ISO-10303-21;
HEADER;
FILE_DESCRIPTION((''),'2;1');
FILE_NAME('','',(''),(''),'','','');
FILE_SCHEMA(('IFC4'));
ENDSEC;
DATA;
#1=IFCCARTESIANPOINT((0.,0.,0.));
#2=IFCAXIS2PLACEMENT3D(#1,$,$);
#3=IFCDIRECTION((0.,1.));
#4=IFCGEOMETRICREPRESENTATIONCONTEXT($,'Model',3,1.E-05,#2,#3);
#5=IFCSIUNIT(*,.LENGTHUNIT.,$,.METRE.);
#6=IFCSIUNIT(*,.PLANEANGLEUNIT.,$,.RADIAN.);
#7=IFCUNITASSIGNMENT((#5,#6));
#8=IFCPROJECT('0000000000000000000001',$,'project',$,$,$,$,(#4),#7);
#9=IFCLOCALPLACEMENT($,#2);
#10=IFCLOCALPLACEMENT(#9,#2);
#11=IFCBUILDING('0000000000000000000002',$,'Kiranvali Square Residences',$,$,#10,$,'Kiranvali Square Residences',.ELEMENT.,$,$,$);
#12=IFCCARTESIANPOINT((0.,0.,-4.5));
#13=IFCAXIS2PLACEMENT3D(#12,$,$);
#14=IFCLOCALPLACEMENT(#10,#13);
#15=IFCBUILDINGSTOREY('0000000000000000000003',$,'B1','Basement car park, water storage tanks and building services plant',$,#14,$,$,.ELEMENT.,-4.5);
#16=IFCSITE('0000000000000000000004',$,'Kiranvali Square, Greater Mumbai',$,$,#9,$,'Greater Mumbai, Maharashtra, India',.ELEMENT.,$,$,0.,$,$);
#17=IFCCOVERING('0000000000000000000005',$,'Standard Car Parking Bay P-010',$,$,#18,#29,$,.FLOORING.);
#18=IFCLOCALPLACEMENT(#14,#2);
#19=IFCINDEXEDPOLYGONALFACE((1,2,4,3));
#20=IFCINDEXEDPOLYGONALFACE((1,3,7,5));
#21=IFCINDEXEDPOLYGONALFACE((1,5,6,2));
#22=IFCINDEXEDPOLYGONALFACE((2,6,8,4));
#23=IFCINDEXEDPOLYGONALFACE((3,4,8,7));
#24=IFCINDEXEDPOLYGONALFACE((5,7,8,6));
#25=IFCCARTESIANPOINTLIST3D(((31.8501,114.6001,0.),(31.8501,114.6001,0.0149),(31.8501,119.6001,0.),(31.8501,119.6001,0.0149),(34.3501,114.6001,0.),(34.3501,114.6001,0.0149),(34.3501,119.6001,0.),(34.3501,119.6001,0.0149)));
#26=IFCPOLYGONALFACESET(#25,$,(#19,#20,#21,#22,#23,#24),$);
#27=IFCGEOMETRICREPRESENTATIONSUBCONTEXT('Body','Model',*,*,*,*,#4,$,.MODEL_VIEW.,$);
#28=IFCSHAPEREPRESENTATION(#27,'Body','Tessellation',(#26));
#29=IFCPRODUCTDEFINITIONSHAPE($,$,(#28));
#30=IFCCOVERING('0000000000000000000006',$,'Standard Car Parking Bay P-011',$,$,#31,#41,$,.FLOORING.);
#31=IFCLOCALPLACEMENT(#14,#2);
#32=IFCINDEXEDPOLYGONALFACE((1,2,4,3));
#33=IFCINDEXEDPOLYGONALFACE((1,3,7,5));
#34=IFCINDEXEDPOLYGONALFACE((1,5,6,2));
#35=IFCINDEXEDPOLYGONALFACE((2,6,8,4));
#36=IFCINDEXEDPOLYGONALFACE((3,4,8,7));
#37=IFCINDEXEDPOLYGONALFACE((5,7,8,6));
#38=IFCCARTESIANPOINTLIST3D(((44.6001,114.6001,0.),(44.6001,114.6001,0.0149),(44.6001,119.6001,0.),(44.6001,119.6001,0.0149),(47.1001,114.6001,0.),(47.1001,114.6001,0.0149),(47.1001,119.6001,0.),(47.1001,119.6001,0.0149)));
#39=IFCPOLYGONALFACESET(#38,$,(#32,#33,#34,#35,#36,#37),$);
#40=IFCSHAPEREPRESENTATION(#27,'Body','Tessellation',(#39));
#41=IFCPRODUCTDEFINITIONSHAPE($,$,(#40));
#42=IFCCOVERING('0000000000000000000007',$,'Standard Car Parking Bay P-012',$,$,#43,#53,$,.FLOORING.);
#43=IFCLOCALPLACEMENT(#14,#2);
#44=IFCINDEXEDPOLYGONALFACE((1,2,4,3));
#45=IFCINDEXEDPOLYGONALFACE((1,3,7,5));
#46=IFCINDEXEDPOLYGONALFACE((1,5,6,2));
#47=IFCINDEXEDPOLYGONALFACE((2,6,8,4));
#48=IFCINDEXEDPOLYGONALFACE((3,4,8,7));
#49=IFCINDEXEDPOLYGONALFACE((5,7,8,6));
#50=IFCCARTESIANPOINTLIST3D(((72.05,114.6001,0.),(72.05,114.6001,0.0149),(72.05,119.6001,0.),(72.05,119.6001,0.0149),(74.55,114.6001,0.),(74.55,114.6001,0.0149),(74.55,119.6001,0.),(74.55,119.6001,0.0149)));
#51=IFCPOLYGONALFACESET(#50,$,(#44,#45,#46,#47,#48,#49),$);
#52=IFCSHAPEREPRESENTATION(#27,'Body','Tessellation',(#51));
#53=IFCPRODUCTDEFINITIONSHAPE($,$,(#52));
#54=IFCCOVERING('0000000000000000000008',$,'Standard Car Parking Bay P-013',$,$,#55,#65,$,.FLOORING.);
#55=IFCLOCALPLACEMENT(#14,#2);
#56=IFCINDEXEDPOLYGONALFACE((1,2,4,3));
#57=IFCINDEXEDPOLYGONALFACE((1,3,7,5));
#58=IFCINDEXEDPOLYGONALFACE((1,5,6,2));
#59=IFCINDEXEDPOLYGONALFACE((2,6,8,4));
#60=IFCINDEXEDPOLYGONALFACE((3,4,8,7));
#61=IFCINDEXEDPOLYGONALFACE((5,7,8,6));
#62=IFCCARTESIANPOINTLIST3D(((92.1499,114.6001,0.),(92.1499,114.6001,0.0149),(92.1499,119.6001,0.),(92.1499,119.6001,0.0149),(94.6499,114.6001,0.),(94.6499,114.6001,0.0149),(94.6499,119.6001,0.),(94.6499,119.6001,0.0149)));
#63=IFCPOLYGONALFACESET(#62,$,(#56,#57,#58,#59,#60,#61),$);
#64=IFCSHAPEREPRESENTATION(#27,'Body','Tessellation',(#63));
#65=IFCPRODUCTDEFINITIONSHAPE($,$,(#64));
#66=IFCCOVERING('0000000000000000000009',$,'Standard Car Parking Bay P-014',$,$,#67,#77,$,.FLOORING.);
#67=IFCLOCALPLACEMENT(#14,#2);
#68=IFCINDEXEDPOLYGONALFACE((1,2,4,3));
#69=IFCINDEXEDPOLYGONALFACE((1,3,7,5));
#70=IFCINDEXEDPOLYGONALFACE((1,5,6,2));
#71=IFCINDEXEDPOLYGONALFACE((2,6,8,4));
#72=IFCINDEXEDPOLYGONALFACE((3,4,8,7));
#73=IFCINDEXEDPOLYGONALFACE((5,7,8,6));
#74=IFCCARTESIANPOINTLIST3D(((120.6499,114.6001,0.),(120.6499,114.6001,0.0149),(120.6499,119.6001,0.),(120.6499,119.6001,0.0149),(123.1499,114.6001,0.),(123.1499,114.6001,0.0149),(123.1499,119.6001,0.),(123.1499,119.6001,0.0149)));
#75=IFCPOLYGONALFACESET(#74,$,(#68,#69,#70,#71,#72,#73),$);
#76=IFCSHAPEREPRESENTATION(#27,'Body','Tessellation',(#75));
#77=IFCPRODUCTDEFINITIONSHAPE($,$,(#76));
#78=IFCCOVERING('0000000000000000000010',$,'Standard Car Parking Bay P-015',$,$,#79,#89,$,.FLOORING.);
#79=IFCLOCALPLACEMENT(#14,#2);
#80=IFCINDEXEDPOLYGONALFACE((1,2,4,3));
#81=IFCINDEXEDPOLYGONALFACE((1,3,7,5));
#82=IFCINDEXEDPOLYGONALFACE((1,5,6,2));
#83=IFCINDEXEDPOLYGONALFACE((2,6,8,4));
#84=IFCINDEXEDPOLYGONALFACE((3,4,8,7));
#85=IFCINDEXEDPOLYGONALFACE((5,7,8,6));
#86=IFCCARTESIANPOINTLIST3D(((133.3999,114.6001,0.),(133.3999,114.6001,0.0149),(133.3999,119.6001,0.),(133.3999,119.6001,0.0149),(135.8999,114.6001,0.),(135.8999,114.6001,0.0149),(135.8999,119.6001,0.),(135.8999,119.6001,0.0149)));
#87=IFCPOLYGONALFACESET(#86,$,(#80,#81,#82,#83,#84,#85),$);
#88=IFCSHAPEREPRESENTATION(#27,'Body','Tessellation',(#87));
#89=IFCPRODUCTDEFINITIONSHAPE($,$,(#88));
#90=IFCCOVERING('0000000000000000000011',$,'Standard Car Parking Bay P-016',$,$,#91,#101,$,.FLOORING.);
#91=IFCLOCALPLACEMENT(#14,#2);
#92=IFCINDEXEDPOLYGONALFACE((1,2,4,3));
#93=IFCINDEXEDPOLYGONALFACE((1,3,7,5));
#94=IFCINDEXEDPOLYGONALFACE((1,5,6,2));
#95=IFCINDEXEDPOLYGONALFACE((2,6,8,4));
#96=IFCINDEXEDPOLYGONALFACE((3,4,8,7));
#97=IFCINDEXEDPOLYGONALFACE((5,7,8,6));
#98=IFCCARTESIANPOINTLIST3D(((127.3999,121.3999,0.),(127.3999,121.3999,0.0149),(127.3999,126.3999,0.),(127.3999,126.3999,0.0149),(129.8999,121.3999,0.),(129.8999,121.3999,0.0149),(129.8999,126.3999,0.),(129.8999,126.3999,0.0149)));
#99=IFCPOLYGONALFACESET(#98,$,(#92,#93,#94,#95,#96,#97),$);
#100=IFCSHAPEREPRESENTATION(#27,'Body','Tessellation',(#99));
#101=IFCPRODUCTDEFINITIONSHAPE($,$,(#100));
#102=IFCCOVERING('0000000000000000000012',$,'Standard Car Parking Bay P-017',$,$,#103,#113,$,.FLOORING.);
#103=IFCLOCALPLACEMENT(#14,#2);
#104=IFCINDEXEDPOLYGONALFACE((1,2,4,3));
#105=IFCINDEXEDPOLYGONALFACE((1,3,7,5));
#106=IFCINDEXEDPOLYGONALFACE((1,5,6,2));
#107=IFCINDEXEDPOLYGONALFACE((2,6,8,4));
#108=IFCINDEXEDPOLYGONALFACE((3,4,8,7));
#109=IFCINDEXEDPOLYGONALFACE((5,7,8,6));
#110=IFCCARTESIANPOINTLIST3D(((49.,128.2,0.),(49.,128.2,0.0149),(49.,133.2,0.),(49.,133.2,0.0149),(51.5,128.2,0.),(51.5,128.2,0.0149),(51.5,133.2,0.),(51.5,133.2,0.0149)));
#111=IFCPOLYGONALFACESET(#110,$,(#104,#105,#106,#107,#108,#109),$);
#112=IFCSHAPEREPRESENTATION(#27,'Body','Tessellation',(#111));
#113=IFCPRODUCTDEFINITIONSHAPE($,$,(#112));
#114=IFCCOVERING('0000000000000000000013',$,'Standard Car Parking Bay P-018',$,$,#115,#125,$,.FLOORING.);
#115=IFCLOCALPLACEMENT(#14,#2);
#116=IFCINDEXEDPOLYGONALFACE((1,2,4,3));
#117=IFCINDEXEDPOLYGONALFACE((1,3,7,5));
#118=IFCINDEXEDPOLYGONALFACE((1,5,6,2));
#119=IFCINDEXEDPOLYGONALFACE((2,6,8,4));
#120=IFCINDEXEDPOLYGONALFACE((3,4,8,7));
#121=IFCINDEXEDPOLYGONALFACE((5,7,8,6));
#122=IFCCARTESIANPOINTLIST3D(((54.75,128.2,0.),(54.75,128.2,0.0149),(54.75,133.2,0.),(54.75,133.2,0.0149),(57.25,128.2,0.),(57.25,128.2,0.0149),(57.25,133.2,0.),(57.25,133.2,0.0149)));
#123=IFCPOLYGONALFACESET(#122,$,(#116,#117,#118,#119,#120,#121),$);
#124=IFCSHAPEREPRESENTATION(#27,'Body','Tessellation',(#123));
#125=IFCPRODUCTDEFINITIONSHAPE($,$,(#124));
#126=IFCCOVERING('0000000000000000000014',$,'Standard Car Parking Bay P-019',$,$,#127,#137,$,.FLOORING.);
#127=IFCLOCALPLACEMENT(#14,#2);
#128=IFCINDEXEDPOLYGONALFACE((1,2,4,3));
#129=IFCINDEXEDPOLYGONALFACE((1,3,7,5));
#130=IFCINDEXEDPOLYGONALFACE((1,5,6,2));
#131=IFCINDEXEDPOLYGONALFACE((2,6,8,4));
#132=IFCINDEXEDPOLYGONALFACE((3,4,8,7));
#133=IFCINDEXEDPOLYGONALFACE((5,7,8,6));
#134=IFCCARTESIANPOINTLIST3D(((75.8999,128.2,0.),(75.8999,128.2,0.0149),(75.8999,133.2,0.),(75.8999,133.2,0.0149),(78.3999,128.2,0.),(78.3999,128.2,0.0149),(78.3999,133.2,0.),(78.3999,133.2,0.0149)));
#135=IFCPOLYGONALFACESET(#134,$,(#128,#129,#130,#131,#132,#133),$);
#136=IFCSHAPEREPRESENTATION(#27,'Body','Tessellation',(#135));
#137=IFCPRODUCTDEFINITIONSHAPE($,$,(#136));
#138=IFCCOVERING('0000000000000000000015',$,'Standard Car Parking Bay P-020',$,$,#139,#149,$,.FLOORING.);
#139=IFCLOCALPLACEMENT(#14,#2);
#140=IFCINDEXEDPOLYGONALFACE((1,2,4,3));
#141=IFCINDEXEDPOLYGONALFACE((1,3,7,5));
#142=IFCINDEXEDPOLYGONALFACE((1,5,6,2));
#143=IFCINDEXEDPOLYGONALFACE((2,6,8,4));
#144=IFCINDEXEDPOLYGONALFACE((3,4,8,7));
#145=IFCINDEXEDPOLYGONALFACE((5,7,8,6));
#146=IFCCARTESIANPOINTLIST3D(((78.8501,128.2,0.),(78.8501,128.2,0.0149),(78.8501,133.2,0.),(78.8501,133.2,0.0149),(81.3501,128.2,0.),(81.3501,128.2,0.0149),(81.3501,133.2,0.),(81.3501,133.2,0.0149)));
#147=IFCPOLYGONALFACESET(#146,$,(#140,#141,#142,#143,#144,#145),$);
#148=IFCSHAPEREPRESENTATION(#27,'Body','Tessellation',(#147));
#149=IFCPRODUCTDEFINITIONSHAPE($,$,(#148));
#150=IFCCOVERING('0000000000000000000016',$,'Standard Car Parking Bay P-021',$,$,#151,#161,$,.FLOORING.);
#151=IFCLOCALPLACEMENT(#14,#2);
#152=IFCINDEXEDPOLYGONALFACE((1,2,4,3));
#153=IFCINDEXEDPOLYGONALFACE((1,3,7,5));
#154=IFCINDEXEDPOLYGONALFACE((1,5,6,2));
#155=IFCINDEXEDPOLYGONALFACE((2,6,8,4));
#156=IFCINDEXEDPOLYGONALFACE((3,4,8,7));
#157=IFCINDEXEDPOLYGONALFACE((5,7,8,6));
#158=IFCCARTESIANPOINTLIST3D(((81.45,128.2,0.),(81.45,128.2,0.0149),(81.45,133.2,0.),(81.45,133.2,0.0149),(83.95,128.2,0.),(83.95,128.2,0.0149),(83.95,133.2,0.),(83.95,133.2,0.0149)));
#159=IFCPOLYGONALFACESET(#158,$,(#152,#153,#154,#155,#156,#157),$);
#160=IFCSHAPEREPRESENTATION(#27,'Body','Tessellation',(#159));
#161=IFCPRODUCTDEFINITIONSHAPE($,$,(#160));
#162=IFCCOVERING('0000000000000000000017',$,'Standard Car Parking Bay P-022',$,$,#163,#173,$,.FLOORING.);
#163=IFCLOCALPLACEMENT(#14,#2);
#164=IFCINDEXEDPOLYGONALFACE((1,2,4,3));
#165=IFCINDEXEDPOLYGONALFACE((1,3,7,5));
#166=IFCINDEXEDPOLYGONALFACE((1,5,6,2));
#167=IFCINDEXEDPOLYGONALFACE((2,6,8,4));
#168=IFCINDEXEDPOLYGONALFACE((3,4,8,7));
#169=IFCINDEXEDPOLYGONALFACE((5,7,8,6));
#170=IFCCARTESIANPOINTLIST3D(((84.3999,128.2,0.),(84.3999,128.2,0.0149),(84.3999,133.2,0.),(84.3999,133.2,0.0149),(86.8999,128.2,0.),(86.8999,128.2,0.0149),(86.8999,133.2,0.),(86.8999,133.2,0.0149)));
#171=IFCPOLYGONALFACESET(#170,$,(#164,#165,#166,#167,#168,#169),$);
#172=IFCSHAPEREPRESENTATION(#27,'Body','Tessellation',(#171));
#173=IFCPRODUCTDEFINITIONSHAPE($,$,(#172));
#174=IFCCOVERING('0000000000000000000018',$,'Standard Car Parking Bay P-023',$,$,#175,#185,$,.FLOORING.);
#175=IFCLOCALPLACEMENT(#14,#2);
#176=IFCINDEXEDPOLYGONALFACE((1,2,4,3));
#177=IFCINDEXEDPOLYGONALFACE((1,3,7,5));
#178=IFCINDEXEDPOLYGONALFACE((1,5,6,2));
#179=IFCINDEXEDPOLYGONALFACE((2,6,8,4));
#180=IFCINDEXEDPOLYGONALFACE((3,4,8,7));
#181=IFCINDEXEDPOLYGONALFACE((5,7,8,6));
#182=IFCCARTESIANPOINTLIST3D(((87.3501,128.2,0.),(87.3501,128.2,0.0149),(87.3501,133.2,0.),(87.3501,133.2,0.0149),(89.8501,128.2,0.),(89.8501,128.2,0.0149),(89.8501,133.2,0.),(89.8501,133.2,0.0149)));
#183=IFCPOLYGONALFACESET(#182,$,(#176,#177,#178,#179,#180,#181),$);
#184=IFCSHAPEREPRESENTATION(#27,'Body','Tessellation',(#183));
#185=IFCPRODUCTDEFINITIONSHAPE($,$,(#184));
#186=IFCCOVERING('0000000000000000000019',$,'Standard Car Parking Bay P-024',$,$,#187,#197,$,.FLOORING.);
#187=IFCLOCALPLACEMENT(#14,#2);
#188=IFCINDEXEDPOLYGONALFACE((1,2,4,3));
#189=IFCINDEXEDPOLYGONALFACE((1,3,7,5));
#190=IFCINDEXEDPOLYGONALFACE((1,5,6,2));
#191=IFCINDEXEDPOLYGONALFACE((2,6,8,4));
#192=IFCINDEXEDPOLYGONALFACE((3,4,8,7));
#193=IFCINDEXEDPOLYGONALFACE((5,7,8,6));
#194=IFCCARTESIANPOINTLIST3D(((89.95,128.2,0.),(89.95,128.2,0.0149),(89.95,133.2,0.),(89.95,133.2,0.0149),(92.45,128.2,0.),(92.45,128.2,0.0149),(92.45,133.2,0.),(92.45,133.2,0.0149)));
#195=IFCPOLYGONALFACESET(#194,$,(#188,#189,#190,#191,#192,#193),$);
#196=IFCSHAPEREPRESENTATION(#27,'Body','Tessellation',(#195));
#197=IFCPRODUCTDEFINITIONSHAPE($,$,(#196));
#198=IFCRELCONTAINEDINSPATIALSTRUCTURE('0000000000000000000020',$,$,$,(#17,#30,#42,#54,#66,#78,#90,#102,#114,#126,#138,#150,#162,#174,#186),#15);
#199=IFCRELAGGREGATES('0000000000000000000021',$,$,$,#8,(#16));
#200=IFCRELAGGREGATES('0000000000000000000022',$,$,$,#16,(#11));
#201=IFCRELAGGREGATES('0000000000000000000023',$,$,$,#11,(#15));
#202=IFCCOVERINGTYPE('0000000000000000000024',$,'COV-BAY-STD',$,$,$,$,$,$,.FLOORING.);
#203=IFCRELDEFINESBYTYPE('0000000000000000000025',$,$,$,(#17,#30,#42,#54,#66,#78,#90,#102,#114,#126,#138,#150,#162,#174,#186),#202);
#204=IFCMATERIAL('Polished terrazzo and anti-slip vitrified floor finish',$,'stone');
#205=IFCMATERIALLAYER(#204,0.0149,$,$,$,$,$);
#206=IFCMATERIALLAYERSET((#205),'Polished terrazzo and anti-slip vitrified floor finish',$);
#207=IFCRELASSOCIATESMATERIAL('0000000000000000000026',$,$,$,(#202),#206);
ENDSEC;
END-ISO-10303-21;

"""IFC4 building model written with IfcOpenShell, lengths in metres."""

from ifc_helpers import new_model, si_unit, direction, frame, origin, place, context, subcontext, project, spatial, polyline, outline, extrude, material, layer, layer_set, type_object, element, save


model = new_model("IFC4")

# Units and contexts
model_context = context("Model", 3, precision=1e-05, world=origin(), true_north=direction((0.0, 1.0)))
body_context = subcontext(model_context, "Body", "Model", "MODEL_VIEW")
ifc_project = project(units=[si_unit("LENGTHUNIT", "METRE"), si_unit("PLANEANGLEUNIT", "RADIAN")], contexts=[model_context])

# Site, building, storey
site_placement = place(None, origin())
site = spatial("IfcSite", under=ifc_project, at=site_placement, Name="Kiranvali Square, Greater Mumbai", LongName="Greater Mumbai, Maharashtra, India", CompositionType="ELEMENT", RefElevation=0.0)
building_placement = place(site_placement, origin())
building = spatial("IfcBuilding", under=site, at=building_placement, Name="Kiranvali Square Residences", LongName="Kiranvali Square Residences", CompositionType="ELEMENT")
storey_placement = place(building_placement, frame((0.0, 0.0, -4.5)))
storey = spatial("IfcBuildingStorey", under=building, at=storey_placement, Name="B1", Description="Basement car park, water storage tanks and building services plant", CompositionType="ELEMENT", Elevation=-4.5)

# Coverings
ifc_material = material(Name="Polished terrazzo and anti-slip vitrified floor finish", Category="stone")
ifc_layer = layer(ifc_material, 0.0149)
ifc_layer_set = layer_set([ifc_layer], Name="Polished terrazzo and anti-slip vitrified floor finish")
covering_type = type_object("IfcCoveringType", Name="COV-BAY-STD", PredefinedType="FLOORING", material=ifc_layer_set)
covering_1_placement = place(storey_placement, origin())
element("IfcCovering", 1, at=covering_1_placement, inside=storey, type_object=covering_type, Name="Standard Car Parking Bay P-010", PredefinedType="FLOORING", context=body_context, shape_type="SweptSolid", body=[
    extrude(outline(polyline([(31.8501, 114.6001), (34.3501, 114.6001), (34.3501, 119.6001), (31.8501, 119.6001), (31.8501, 114.6001)])), origin(), (0.0, 0.0, 1.0), 0.0149),
])
covering_2_placement = place(storey_placement, origin())
element("IfcCovering", 2, at=covering_2_placement, inside=storey, type_object=covering_type, Name="Standard Car Parking Bay P-011", PredefinedType="FLOORING", context=body_context, shape_type="SweptSolid", body=[
    extrude(outline(polyline([(44.6001, 114.6001), (47.1001, 114.6001), (47.1001, 119.6001), (44.6001, 119.6001), (44.6001, 114.6001)])), origin(), (0.0, 0.0, 1.0), 0.0149),
])
covering_3_placement = place(storey_placement, origin())
element("IfcCovering", 3, at=covering_3_placement, inside=storey, type_object=covering_type, Name="Standard Car Parking Bay P-012", PredefinedType="FLOORING", context=body_context, shape_type="SweptSolid", body=[
    extrude(outline(polyline([(72.05, 114.6001), (74.55, 114.6001), (74.55, 119.6001), (72.05, 119.6001), (72.05, 114.6001)])), origin(), (0.0, 0.0, 1.0), 0.0149),
])
covering_4_placement = place(storey_placement, origin())
element("IfcCovering", 4, at=covering_4_placement, inside=storey, type_object=covering_type, Name="Standard Car Parking Bay P-013", PredefinedType="FLOORING", context=body_context, shape_type="SweptSolid", body=[
    extrude(outline(polyline([(92.1499, 114.6001), (94.6499, 114.6001), (94.6499, 119.6001), (92.1499, 119.6001), (92.1499, 114.6001)])), origin(), (0.0, 0.0, 1.0), 0.0149),
])
covering_5_placement = place(storey_placement, origin())
element("IfcCovering", 5, at=covering_5_placement, inside=storey, type_object=covering_type, Name="Standard Car Parking Bay P-014", PredefinedType="FLOORING", context=body_context, shape_type="SweptSolid", body=[
    extrude(outline(polyline([(120.6499, 114.6001), (123.1499, 114.6001), (123.1499, 119.6001), (120.6499, 119.6001), (120.6499, 114.6001)])), origin(), (0.0, 0.0, 1.0), 0.0149),
])
covering_6_placement = place(storey_placement, origin())
element("IfcCovering", 6, at=covering_6_placement, inside=storey, type_object=covering_type, Name="Standard Car Parking Bay P-015", PredefinedType="FLOORING", context=body_context, shape_type="SweptSolid", body=[
    extrude(outline(polyline([(133.3999, 114.6001), (135.8999, 114.6001), (135.8999, 119.6001), (133.3999, 119.6001), (133.3999, 114.6001)])), origin(), (0.0, 0.0, 1.0), 0.0149),
])
covering_7_placement = place(storey_placement, origin())
element("IfcCovering", 7, at=covering_7_placement, inside=storey, type_object=covering_type, Name="Standard Car Parking Bay P-016", PredefinedType="FLOORING", context=body_context, shape_type="SweptSolid", body=[
    extrude(outline(polyline([(127.3999, 121.3999), (129.8999, 121.3999), (129.8999, 126.3999), (127.3999, 126.3999), (127.3999, 121.3999)])), origin(), (0.0, 0.0, 1.0), 0.0149),
])
covering_8_placement = place(storey_placement, origin())
element("IfcCovering", 8, at=covering_8_placement, inside=storey, type_object=covering_type, Name="Standard Car Parking Bay P-017", PredefinedType="FLOORING", context=body_context, shape_type="SweptSolid", body=[
    extrude(outline(polyline([(49.0, 128.2), (51.5, 128.2), (51.5, 133.2), (49.0, 133.2), (49.0, 128.2)])), origin(), (0.0, 0.0, 1.0), 0.0149),
])
covering_9_placement = place(storey_placement, origin())
element("IfcCovering", 9, at=covering_9_placement, inside=storey, type_object=covering_type, Name="Standard Car Parking Bay P-018", PredefinedType="FLOORING", context=body_context, shape_type="SweptSolid", body=[
    extrude(outline(polyline([(54.75, 128.2), (57.25, 128.2), (57.25, 133.2), (54.75, 133.2), (54.75, 128.2)])), origin(), (0.0, 0.0, 1.0), 0.0149),
])
covering_10_placement = place(storey_placement, origin())
element("IfcCovering", 10, at=covering_10_placement, inside=storey, type_object=covering_type, Name="Standard Car Parking Bay P-019", PredefinedType="FLOORING", context=body_context, shape_type="SweptSolid", body=[
    extrude(outline(polyline([(75.8999, 128.2), (78.3999, 128.2), (78.3999, 133.2), (75.8999, 133.2), (75.8999, 128.2)])), origin(), (0.0, 0.0, 1.0), 0.0149),
])
covering_11_placement = place(storey_placement, origin())
element("IfcCovering", 11, at=covering_11_placement, inside=storey, type_object=covering_type, Name="Standard Car Parking Bay P-020", PredefinedType="FLOORING", context=body_context, shape_type="SweptSolid", body=[
    extrude(outline(polyline([(78.8501, 128.2), (81.3501, 128.2), (81.3501, 133.2), (78.8501, 133.2), (78.8501, 128.2)])), origin(), (0.0, 0.0, 1.0), 0.0149),
])
covering_12_placement = place(storey_placement, origin())
element("IfcCovering", 12, at=covering_12_placement, inside=storey, type_object=covering_type, Name="Standard Car Parking Bay P-021", PredefinedType="FLOORING", context=body_context, shape_type="SweptSolid", body=[
    extrude(outline(polyline([(81.45, 128.2), (83.95, 128.2), (83.95, 133.2), (81.45, 133.2), (81.45, 128.2)])), origin(), (0.0, 0.0, 1.0), 0.0149),
])
covering_13_placement = place(storey_placement, origin())
element("IfcCovering", 13, at=covering_13_placement, inside=storey, type_object=covering_type, Name="Standard Car Parking Bay P-022", PredefinedType="FLOORING", context=body_context, shape_type="SweptSolid", body=[
    extrude(outline(polyline([(84.3999, 128.2), (86.8999, 128.2), (86.8999, 133.2), (84.3999, 133.2), (84.3999, 128.2)])), origin(), (0.0, 0.0, 1.0), 0.0149),
])
covering_14_placement = place(storey_placement, origin())
element("IfcCovering", 14, at=covering_14_placement, inside=storey, type_object=covering_type, Name="Standard Car Parking Bay P-023", PredefinedType="FLOORING", context=body_context, shape_type="SweptSolid", body=[
    extrude(outline(polyline([(87.3501, 128.2), (89.8501, 128.2), (89.8501, 133.2), (87.3501, 133.2), (87.3501, 128.2)])), origin(), (0.0, 0.0, 1.0), 0.0149),
])
covering_15_placement = place(storey_placement, origin())
element("IfcCovering", 15, at=covering_15_placement, inside=storey, type_object=covering_type, Name="Standard Car Parking Bay P-024", PredefinedType="FLOORING", context=body_context, shape_type="SweptSolid", body=[
    extrude(outline(polyline([(89.95, 128.2), (92.45, 128.2), (92.45, 133.2), (89.95, 133.2), (89.95, 128.2)])), origin(), (0.0, 0.0, 1.0), 0.0149),
])

save(model, "model.ifc")
